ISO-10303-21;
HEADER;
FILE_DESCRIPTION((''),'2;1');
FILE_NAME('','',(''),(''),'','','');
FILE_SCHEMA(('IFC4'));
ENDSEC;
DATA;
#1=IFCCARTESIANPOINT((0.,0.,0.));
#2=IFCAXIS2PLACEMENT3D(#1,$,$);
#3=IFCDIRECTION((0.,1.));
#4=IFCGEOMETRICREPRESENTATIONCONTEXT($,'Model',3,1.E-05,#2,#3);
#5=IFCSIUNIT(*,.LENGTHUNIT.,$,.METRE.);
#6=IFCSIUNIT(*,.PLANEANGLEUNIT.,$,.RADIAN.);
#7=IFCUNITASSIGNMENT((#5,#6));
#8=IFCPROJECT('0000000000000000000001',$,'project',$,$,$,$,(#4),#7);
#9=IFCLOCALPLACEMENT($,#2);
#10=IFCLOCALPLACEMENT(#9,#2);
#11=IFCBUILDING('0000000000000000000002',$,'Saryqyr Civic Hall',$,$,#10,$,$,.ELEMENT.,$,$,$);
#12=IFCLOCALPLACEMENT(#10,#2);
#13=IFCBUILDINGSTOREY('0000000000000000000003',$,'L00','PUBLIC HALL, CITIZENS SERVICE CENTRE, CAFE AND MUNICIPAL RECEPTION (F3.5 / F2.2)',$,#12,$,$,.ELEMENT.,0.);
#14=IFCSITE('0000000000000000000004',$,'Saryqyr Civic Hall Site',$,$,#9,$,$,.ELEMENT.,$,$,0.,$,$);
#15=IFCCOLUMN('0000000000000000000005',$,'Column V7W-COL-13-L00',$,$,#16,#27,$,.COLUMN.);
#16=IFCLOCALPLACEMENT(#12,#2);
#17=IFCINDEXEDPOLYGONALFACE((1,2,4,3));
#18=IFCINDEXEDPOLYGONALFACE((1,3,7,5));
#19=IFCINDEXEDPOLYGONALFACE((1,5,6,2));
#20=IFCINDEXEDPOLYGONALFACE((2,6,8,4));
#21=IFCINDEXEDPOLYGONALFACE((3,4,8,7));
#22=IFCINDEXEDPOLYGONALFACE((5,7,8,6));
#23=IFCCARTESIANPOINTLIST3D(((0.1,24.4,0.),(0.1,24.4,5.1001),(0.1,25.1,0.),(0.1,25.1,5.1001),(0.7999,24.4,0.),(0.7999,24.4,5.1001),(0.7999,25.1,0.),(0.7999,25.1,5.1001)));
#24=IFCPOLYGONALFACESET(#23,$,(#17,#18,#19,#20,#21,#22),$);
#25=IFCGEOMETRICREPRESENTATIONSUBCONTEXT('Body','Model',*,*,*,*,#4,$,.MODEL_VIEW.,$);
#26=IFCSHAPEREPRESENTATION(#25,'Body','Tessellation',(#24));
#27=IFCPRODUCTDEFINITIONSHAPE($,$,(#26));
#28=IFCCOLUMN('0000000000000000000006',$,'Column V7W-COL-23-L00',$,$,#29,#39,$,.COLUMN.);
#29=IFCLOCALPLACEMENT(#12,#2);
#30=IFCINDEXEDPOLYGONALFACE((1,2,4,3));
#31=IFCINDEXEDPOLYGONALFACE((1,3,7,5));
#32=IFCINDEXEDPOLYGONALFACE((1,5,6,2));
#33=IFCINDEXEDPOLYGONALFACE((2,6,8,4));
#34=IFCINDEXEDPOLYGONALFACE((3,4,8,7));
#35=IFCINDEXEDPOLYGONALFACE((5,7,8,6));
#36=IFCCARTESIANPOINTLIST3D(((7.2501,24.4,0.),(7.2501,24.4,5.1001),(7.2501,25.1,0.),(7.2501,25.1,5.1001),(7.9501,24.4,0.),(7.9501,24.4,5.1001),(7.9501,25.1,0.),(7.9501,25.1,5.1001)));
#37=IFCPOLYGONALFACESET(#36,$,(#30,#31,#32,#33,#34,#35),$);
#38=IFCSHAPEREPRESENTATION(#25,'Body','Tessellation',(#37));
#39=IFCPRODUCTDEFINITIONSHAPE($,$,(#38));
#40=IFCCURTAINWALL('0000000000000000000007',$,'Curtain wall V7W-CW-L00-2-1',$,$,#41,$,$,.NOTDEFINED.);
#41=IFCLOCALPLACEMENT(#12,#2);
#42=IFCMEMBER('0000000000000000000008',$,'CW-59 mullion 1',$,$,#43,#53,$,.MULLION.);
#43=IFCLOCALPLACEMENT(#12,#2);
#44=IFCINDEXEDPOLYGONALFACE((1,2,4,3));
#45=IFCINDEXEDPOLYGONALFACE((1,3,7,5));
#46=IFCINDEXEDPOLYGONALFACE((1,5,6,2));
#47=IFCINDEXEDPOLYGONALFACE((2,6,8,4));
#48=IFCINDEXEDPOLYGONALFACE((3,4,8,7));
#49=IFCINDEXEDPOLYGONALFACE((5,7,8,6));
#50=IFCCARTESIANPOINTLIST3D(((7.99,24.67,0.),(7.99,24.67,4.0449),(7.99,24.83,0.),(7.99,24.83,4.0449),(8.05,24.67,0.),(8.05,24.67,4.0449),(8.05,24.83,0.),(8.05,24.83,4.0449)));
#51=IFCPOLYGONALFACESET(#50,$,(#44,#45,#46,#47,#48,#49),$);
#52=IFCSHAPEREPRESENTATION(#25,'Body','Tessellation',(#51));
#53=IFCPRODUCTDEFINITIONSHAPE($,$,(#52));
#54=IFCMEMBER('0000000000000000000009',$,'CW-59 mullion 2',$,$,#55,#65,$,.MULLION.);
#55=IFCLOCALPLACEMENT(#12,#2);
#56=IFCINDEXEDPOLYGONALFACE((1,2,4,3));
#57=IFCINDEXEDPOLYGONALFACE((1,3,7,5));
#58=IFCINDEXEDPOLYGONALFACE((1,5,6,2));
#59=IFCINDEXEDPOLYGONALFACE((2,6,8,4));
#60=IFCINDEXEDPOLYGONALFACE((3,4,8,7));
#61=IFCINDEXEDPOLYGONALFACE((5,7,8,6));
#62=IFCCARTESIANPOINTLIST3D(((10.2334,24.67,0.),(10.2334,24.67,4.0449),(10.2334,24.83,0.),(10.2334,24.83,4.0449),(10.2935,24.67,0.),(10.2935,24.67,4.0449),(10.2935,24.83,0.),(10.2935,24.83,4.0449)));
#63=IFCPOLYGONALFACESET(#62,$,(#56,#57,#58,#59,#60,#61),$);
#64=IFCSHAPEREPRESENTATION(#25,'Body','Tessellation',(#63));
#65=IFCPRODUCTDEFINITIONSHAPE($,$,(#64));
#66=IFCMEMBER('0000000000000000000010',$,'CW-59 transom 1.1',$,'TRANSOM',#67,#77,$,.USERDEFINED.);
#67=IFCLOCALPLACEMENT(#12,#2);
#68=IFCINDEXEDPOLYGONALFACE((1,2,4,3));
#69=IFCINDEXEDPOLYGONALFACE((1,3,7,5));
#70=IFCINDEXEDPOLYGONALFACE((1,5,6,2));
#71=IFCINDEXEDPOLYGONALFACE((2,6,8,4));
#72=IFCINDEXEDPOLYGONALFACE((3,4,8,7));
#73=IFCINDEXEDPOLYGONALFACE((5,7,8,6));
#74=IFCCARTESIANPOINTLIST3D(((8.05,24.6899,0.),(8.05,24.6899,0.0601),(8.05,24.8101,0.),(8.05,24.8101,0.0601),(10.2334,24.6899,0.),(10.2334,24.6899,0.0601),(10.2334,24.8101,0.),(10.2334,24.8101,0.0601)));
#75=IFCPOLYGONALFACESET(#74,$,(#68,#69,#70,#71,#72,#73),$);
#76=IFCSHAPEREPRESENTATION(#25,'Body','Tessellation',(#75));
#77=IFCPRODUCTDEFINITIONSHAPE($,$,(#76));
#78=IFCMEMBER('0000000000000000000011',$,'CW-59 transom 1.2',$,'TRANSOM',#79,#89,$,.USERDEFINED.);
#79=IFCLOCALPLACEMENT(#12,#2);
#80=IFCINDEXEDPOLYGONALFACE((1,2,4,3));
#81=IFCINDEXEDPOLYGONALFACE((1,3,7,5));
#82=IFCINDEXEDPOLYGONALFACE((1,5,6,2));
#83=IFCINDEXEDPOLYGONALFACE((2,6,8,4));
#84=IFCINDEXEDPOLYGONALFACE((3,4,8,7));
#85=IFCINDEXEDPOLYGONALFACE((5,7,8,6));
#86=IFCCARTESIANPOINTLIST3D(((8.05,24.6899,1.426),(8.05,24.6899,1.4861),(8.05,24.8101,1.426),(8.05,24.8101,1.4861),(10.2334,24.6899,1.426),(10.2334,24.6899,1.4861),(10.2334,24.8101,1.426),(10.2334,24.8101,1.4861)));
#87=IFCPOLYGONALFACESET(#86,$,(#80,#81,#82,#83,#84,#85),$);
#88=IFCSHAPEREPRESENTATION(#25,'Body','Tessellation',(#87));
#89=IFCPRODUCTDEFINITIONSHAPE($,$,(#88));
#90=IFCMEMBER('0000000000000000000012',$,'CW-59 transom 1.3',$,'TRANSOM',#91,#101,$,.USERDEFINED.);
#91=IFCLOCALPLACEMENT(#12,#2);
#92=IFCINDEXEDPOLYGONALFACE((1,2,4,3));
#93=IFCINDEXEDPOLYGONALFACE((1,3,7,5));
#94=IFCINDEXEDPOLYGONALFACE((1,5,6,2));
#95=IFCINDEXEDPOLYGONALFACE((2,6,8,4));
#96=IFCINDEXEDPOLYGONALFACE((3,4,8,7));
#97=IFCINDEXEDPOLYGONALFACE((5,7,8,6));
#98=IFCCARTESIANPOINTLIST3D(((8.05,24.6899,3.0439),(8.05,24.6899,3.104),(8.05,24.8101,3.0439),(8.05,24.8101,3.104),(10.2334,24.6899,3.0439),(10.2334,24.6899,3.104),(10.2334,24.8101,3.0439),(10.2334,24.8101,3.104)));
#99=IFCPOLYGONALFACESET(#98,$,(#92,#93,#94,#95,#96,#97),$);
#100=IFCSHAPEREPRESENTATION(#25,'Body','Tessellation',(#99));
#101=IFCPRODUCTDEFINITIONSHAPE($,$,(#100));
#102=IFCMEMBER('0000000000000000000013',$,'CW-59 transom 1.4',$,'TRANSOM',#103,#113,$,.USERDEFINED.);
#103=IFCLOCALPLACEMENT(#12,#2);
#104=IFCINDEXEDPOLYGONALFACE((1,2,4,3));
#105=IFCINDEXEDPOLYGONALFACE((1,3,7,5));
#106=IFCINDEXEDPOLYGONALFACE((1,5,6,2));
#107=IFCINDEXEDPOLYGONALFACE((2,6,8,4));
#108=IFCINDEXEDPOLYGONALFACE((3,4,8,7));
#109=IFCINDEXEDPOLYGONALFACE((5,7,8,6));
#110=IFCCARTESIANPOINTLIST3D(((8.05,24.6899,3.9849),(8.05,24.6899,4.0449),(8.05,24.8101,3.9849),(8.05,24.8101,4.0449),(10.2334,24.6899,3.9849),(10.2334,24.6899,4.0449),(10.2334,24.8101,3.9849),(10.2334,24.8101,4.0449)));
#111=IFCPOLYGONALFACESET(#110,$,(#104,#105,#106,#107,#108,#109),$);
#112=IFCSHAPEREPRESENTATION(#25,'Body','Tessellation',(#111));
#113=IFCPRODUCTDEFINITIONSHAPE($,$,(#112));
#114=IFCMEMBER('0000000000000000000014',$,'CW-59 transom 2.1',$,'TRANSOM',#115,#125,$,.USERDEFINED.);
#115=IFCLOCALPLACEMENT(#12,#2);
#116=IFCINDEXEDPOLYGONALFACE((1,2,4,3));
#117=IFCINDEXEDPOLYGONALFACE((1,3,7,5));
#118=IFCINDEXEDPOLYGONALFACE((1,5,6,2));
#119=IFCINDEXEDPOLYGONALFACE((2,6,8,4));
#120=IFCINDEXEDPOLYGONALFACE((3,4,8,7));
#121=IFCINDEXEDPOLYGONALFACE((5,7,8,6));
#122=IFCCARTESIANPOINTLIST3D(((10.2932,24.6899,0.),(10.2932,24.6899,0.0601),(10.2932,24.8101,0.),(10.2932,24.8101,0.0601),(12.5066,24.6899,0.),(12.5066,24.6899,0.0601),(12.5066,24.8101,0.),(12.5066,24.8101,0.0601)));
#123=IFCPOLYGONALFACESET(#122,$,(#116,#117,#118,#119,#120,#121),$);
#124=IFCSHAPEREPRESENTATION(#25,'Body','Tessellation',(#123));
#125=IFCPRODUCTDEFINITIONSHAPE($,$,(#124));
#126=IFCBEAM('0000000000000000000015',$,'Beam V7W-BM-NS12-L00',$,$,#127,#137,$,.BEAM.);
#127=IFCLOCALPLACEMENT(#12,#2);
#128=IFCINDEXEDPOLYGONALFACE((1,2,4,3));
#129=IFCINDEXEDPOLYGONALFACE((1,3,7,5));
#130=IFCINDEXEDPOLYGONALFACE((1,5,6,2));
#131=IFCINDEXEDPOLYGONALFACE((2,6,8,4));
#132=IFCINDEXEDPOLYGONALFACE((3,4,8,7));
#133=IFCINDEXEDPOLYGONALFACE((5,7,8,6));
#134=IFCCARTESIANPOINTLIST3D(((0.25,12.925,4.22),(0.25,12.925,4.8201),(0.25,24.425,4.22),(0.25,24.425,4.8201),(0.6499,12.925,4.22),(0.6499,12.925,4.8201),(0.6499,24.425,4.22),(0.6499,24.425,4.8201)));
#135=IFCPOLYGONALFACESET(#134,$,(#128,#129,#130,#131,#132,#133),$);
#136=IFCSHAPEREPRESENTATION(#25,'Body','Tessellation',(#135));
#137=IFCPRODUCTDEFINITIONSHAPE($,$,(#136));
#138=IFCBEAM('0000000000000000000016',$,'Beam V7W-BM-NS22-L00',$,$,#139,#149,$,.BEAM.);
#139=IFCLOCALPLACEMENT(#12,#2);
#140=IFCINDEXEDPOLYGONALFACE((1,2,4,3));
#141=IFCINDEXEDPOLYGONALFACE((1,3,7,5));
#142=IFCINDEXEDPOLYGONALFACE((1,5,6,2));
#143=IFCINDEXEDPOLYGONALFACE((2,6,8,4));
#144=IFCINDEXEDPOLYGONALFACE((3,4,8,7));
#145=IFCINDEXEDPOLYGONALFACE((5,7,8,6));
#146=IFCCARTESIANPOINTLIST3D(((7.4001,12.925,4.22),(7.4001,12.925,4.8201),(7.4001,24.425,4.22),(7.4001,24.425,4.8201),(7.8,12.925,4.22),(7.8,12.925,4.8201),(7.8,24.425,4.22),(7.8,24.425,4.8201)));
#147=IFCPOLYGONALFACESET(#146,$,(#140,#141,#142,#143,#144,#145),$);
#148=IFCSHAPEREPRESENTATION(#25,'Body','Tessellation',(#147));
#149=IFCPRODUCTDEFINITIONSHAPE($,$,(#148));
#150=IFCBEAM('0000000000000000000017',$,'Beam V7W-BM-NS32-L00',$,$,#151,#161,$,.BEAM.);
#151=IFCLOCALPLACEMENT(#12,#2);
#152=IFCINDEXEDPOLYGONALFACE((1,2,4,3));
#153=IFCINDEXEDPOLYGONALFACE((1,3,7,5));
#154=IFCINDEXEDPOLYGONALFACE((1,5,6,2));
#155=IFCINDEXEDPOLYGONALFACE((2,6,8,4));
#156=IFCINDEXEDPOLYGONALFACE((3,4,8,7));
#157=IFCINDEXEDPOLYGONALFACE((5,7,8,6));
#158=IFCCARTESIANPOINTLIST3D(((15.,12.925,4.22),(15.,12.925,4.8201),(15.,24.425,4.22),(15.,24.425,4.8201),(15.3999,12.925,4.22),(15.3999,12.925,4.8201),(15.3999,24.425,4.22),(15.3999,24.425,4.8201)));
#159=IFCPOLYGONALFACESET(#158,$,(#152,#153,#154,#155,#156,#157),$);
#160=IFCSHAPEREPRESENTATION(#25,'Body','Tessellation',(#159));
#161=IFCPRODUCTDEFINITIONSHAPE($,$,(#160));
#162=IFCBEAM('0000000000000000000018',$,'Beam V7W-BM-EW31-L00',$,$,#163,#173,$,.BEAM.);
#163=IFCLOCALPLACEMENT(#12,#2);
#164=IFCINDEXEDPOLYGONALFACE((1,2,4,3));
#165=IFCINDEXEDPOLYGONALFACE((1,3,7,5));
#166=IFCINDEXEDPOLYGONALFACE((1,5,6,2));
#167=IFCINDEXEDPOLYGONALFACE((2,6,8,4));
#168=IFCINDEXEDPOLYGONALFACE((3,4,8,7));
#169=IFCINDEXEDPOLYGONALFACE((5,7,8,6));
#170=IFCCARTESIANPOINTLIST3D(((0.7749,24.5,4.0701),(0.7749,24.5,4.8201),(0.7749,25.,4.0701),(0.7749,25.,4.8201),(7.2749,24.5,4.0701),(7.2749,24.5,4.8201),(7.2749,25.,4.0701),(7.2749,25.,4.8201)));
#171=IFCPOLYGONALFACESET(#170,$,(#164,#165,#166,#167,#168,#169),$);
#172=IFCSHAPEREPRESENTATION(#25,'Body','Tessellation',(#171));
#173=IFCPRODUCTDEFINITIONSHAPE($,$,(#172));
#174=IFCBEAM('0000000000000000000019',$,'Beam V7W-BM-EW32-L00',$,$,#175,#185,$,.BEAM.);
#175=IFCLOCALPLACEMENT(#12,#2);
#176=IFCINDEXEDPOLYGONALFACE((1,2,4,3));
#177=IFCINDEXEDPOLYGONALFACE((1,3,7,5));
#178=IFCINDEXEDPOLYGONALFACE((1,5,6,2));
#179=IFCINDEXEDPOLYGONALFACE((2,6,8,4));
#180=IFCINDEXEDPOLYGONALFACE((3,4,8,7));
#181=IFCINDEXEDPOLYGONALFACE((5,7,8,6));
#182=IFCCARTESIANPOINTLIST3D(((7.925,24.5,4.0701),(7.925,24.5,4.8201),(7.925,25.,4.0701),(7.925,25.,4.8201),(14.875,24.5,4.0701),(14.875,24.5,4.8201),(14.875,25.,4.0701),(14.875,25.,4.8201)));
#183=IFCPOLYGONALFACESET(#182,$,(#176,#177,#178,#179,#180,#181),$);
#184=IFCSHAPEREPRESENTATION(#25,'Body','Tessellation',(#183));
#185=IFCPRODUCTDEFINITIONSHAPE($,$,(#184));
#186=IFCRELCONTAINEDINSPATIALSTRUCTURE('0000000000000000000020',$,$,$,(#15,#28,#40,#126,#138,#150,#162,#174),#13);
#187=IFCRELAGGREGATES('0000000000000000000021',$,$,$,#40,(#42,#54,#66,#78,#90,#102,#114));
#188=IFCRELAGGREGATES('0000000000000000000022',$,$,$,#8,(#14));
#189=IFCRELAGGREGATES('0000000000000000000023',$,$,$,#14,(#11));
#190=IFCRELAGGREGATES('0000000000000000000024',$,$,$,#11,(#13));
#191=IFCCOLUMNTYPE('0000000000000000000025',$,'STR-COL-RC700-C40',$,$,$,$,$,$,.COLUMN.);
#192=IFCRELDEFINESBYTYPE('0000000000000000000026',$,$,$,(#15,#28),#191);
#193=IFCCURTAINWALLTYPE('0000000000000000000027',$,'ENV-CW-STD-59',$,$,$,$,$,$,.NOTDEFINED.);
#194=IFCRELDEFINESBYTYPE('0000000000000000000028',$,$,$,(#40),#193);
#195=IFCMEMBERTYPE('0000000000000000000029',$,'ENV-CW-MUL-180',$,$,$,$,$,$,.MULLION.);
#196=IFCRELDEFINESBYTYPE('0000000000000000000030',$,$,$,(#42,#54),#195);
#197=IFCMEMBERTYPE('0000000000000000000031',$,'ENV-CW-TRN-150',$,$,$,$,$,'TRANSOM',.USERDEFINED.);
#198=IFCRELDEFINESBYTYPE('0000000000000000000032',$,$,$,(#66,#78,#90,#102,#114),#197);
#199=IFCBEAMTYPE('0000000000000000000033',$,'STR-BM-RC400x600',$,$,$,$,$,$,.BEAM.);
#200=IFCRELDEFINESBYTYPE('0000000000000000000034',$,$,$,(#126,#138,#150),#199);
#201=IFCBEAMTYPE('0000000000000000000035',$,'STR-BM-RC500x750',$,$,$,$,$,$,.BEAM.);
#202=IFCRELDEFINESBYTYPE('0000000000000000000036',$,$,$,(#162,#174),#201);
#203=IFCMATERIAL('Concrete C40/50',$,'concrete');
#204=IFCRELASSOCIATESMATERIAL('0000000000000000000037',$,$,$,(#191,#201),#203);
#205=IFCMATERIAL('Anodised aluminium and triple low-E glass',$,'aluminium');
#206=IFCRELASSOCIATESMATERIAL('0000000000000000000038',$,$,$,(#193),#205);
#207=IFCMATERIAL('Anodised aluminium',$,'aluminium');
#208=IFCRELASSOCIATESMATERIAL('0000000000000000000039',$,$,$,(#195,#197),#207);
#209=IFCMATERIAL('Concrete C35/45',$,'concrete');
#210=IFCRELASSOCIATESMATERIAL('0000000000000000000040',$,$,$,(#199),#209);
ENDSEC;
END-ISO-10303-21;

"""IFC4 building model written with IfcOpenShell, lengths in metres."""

from ifc_helpers import new_model, si_unit, direction, frame, origin, origin_2d, place, context, subcontext, project, spatial, rectangle, extrude, material, material_profile, profile_set, type_object, element, aggregate, save


model = new_model("IFC4")

# Units and contexts
model_context = context("Model", 3, precision=1e-05, world=origin(), true_north=direction((0.0, 1.0)))
body_context = subcontext(model_context, "Body", "Model", "MODEL_VIEW")
ifc_project = project(units=[si_unit("LENGTHUNIT", "METRE"), si_unit("PLANEANGLEUNIT", "RADIAN")], contexts=[model_context])

# Site, building, storey
site_placement = place(None, origin())
site = spatial("IfcSite", under=ifc_project, at=site_placement, Name="Saryqyr Civic Hall Site", CompositionType="ELEMENT", RefElevation=0.0)
building_placement = place(site_placement, origin())
building = spatial("IfcBuilding", under=site, at=building_placement, Name="Saryqyr Civic Hall", CompositionType="ELEMENT")
storey_placement = place(building_placement, origin())
storey = spatial("IfcBuildingStorey", under=building, at=storey_placement, Name="L00", Description="PUBLIC HALL, CITIZENS SERVICE CENTRE, CAFE AND MUNICIPAL RECEPTION (F3.5 / F2.2)", CompositionType="ELEMENT", Elevation=0.0)

# Columns
ifc_material_1 = material(Name="Concrete C40/50", Category="concrete")
ifc_material_profile_1 = material_profile(ifc_material_1, rectangle(XDim=0.7, YDim=0.7, at=origin_2d()), Name="RC 700x700")
ifc_profile_set_1 = profile_set([ifc_material_profile_1], Name="Concrete C40/50")
column_type = type_object("IfcColumnType", Name="STR-COL-RC700-C40", PredefinedType="COLUMN", material=ifc_profile_set_1)
for number, where, z_axis, x_axis, name in (
    (1, (0.45, 24.75, 0.0), (0.0, 0.0, 1.0), (1.0, 0.0, 0.0), "Column V7W-COL-13-L00"),
    (2, (7.6001, 24.75, 0.0), (0.0, 0.0, 1.0), (1.0, 0.0, 0.0), "Column V7W-COL-23-L00"),
):
    element("IfcColumn", number, at=place(storey_placement, frame(where, z_axis=z_axis, x_axis=x_axis)), inside=storey, type_object=column_type, Name=name, PredefinedType="COLUMN", context=body_context, shape_type="SweptSolid", body=[
        extrude(rectangle(XDim=0.7, YDim=0.7, at=origin_2d()), origin(), (0.0, 0.0, 1.0), 5.1001),
    ])

# Curtain wall, members
ifc_material_2 = material(Name="Anodised aluminium and triple low-E glass", Category="aluminium")
curtain_wall_type = type_object("IfcCurtainWallType", Name="ENV-CW-STD-59", PredefinedType="NOTDEFINED", material=ifc_material_2)
curtain_wall_placement = place(storey_placement, origin())
curtain_wall = element("IfcCurtainWall", 3, at=curtain_wall_placement, inside=storey, type_object=curtain_wall_type, Name="Curtain wall V7W-CW-L00-2-1", PredefinedType="NOTDEFINED")
ifc_material_3 = material(Name="Anodised aluminium", Category="aluminium")
ifc_material_profile_2 = material_profile(ifc_material_3, rectangle(XDim=0.0601, YDim=0.1599, at=origin_2d()), Name="ALU MULLION 60x160")
ifc_profile_set_2 = profile_set([ifc_material_profile_2], Name="Anodised aluminium")
member_type_1 = type_object("IfcMemberType", Name="ENV-CW-MUL-180", PredefinedType="MULLION", material=ifc_profile_set_2)
member_1_placement = place(storey_placement, frame((8.02, 24.75, 0.0), z_axis=(0.0, 0.0, 1.0), x_axis=(1.0, 0.0, 0.0)))
member_1 = element("IfcMember", 4, at=member_1_placement, type_object=member_type_1, Name="CW-59 mullion 1", PredefinedType="MULLION", context=body_context, shape_type="SweptSolid", body=[
    extrude(rectangle(XDim=0.0601, YDim=0.1599, at=origin_2d()), origin(), (0.0, 0.0, 1.0), 4.0449),
])
member_2_placement = place(storey_placement, frame((10.2634, 24.75, 0.0), z_axis=(0.0, 0.0, 1.0), x_axis=(1.0, 0.0, 0.0)))
member_2 = element("IfcMember", 5, at=member_2_placement, type_object=member_type_1, Name="CW-59 mullion 2", PredefinedType="MULLION", context=body_context, shape_type="SweptSolid", body=[
    extrude(rectangle(XDim=0.0601, YDim=0.1599, at=origin_2d()), origin(), (0.0, 0.0, 1.0), 4.0449),
])
ifc_material_profile_3 = material_profile(ifc_material_3, rectangle(XDim=0.1201, YDim=0.0601, at=origin_2d()), Name="ALU TRANSOM 120x60")
ifc_profile_set_3 = profile_set([ifc_material_profile_3], Name="Anodised aluminium")
member_type_2 = type_object("IfcMemberType", Name="ENV-CW-TRN-150", ElementType="TRANSOM", PredefinedType="USERDEFINED", material=ifc_profile_set_3)
member_3_placement = place(storey_placement, frame((8.05, 24.75, 0.03), z_axis=(1.0, 0.0, 0.0), x_axis=(0.0, 1.0, 0.0)))
member_3 = element("IfcMember", 6, at=member_3_placement, type_object=member_type_2, Name="CW-59 transom 1.1", ObjectType="TRANSOM", PredefinedType="USERDEFINED", context=body_context, shape_type="SweptSolid", body=[
    extrude(rectangle(XDim=0.1201, YDim=0.0601, at=origin_2d()), origin(), (0.0, 0.0, 1.0), 2.1833),
])
member_4_placement = place(storey_placement, frame((8.05, 24.75, 1.4561), z_axis=(1.0, 0.0, 0.0), x_axis=(0.0, 1.0, 0.0)))
member_4 = element("IfcMember", 7, at=member_4_placement, type_object=member_type_2, Name="CW-59 transom 1.2", ObjectType="TRANSOM", PredefinedType="USERDEFINED", context=body_context, shape_type="SweptSolid", body=[
    extrude(rectangle(XDim=0.1201, YDim=0.0601, at=origin_2d()), origin(), (0.0, 0.0, 1.0), 2.1833),
])
member_5_placement = place(storey_placement, frame((8.05, 24.75, 3.074), z_axis=(1.0, 0.0, 0.0), x_axis=(0.0, 1.0, 0.0)))
member_5 = element("IfcMember", 8, at=member_5_placement, type_object=member_type_2, Name="CW-59 transom 1.3", ObjectType="TRANSOM", PredefinedType="USERDEFINED", context=body_context, shape_type="SweptSolid", body=[
    extrude(rectangle(XDim=0.1201, YDim=0.0601, at=origin_2d()), origin(), (0.0, 0.0, 1.0), 2.1833),
])
member_6_placement = place(storey_placement, frame((8.05, 24.75, 4.0149), z_axis=(1.0, 0.0, 0.0), x_axis=(0.0, 1.0, 0.0)))
member_6 = element("IfcMember", 9, at=member_6_placement, type_object=member_type_2, Name="CW-59 transom 1.4", ObjectType="TRANSOM", PredefinedType="USERDEFINED", context=body_context, shape_type="SweptSolid", body=[
    extrude(rectangle(XDim=0.1201, YDim=0.0601, at=origin_2d()), origin(), (0.0, 0.0, 1.0), 2.1833),
])
member_7_placement = place(storey_placement, frame((10.2932, 24.75, 0.03), z_axis=(1.0, 0.0, 0.0), x_axis=(0.0, 1.0, 0.0)))
member_7 = element("IfcMember", 10, at=member_7_placement, type_object=member_type_2, Name="CW-59 transom 2.1", ObjectType="TRANSOM", PredefinedType="USERDEFINED", context=body_context, shape_type="SweptSolid", body=[
    extrude(rectangle(XDim=0.1201, YDim=0.0601, at=origin_2d()), origin(), (0.0, 0.0, 1.0), 2.2134),
])

# Beams
ifc_material_4 = material(Name="Concrete C35/45", Category="concrete")
ifc_material_profile_4 = material_profile(ifc_material_4, rectangle(XDim=0.3999, YDim=0.6001, at=origin_2d()), Name="RC 400x600")
ifc_profile_set_4 = profile_set([ifc_material_profile_4], Name="Concrete C35/45")
beam_type_1 = type_object("IfcBeamType", Name="STR-BM-RC400x600", PredefinedType="BEAM", material=ifc_profile_set_4)
for number, where, z_axis, x_axis, name in (
    (11, (0.45, 12.925, 4.52), (0.0, 1.0, 0.0), (-1.0, 0.0, 0.0), "Beam V7W-BM-NS12-L00"),
    (12, (7.6001, 12.925, 4.52), (0.0, 1.0, 0.0), (-1.0, 0.0, 0.0), "Beam V7W-BM-NS22-L00"),
    (13, (15.2, 12.925, 4.52), (0.0, 1.0, 0.0), (-1.0, 0.0, 0.0), "Beam V7W-BM-NS32-L00"),
):
    element("IfcBeam", number, at=place(storey_placement, frame(where, z_axis=z_axis, x_axis=x_axis)), inside=storey, type_object=beam_type_1, Name=name, PredefinedType="BEAM", context=body_context, shape_type="SweptSolid", body=[
        extrude(rectangle(XDim=0.3999, YDim=0.6001, at=origin_2d()), origin(), (0.0, 0.0, 1.0), 11.5),
    ])
ifc_material_profile_5 = material_profile(ifc_material_1, rectangle(XDim=0.5, YDim=0.75, at=origin_2d()), Name="RC 500x750")
ifc_profile_set_5 = profile_set([ifc_material_profile_5], Name="Concrete C40/50")
beam_type_2 = type_object("IfcBeamType", Name="STR-BM-RC500x750", PredefinedType="BEAM", material=ifc_profile_set_5)
beam_1_placement = place(storey_placement, frame((0.7749, 24.75, 4.4451), z_axis=(1.0, 0.0, 0.0), x_axis=(0.0, 1.0, 0.0)))
element("IfcBeam", 14, at=beam_1_placement, inside=storey, type_object=beam_type_2, Name="Beam V7W-BM-EW31-L00", PredefinedType="BEAM", context=body_context, shape_type="SweptSolid", body=[
    extrude(rectangle(XDim=0.5, YDim=0.75, at=origin_2d()), origin(), (0.0, 0.0, 1.0), 6.5),
])
beam_2_placement = place(storey_placement, frame((7.925, 24.75, 4.4451), z_axis=(1.0, 0.0, 0.0), x_axis=(0.0, 1.0, 0.0)))
element("IfcBeam", 15, at=beam_2_placement, inside=storey, type_object=beam_type_2, Name="Beam V7W-BM-EW32-L00", PredefinedType="BEAM", context=body_context, shape_type="SweptSolid", body=[
    extrude(rectangle(XDim=0.5, YDim=0.75, at=origin_2d()), origin(), (0.0, 0.0, 1.0), 6.95),
])

aggregate(curtain_wall, [member_1, member_2, member_3, member_4, member_5, member_6, member_7])

save(model, "model.ifc")
